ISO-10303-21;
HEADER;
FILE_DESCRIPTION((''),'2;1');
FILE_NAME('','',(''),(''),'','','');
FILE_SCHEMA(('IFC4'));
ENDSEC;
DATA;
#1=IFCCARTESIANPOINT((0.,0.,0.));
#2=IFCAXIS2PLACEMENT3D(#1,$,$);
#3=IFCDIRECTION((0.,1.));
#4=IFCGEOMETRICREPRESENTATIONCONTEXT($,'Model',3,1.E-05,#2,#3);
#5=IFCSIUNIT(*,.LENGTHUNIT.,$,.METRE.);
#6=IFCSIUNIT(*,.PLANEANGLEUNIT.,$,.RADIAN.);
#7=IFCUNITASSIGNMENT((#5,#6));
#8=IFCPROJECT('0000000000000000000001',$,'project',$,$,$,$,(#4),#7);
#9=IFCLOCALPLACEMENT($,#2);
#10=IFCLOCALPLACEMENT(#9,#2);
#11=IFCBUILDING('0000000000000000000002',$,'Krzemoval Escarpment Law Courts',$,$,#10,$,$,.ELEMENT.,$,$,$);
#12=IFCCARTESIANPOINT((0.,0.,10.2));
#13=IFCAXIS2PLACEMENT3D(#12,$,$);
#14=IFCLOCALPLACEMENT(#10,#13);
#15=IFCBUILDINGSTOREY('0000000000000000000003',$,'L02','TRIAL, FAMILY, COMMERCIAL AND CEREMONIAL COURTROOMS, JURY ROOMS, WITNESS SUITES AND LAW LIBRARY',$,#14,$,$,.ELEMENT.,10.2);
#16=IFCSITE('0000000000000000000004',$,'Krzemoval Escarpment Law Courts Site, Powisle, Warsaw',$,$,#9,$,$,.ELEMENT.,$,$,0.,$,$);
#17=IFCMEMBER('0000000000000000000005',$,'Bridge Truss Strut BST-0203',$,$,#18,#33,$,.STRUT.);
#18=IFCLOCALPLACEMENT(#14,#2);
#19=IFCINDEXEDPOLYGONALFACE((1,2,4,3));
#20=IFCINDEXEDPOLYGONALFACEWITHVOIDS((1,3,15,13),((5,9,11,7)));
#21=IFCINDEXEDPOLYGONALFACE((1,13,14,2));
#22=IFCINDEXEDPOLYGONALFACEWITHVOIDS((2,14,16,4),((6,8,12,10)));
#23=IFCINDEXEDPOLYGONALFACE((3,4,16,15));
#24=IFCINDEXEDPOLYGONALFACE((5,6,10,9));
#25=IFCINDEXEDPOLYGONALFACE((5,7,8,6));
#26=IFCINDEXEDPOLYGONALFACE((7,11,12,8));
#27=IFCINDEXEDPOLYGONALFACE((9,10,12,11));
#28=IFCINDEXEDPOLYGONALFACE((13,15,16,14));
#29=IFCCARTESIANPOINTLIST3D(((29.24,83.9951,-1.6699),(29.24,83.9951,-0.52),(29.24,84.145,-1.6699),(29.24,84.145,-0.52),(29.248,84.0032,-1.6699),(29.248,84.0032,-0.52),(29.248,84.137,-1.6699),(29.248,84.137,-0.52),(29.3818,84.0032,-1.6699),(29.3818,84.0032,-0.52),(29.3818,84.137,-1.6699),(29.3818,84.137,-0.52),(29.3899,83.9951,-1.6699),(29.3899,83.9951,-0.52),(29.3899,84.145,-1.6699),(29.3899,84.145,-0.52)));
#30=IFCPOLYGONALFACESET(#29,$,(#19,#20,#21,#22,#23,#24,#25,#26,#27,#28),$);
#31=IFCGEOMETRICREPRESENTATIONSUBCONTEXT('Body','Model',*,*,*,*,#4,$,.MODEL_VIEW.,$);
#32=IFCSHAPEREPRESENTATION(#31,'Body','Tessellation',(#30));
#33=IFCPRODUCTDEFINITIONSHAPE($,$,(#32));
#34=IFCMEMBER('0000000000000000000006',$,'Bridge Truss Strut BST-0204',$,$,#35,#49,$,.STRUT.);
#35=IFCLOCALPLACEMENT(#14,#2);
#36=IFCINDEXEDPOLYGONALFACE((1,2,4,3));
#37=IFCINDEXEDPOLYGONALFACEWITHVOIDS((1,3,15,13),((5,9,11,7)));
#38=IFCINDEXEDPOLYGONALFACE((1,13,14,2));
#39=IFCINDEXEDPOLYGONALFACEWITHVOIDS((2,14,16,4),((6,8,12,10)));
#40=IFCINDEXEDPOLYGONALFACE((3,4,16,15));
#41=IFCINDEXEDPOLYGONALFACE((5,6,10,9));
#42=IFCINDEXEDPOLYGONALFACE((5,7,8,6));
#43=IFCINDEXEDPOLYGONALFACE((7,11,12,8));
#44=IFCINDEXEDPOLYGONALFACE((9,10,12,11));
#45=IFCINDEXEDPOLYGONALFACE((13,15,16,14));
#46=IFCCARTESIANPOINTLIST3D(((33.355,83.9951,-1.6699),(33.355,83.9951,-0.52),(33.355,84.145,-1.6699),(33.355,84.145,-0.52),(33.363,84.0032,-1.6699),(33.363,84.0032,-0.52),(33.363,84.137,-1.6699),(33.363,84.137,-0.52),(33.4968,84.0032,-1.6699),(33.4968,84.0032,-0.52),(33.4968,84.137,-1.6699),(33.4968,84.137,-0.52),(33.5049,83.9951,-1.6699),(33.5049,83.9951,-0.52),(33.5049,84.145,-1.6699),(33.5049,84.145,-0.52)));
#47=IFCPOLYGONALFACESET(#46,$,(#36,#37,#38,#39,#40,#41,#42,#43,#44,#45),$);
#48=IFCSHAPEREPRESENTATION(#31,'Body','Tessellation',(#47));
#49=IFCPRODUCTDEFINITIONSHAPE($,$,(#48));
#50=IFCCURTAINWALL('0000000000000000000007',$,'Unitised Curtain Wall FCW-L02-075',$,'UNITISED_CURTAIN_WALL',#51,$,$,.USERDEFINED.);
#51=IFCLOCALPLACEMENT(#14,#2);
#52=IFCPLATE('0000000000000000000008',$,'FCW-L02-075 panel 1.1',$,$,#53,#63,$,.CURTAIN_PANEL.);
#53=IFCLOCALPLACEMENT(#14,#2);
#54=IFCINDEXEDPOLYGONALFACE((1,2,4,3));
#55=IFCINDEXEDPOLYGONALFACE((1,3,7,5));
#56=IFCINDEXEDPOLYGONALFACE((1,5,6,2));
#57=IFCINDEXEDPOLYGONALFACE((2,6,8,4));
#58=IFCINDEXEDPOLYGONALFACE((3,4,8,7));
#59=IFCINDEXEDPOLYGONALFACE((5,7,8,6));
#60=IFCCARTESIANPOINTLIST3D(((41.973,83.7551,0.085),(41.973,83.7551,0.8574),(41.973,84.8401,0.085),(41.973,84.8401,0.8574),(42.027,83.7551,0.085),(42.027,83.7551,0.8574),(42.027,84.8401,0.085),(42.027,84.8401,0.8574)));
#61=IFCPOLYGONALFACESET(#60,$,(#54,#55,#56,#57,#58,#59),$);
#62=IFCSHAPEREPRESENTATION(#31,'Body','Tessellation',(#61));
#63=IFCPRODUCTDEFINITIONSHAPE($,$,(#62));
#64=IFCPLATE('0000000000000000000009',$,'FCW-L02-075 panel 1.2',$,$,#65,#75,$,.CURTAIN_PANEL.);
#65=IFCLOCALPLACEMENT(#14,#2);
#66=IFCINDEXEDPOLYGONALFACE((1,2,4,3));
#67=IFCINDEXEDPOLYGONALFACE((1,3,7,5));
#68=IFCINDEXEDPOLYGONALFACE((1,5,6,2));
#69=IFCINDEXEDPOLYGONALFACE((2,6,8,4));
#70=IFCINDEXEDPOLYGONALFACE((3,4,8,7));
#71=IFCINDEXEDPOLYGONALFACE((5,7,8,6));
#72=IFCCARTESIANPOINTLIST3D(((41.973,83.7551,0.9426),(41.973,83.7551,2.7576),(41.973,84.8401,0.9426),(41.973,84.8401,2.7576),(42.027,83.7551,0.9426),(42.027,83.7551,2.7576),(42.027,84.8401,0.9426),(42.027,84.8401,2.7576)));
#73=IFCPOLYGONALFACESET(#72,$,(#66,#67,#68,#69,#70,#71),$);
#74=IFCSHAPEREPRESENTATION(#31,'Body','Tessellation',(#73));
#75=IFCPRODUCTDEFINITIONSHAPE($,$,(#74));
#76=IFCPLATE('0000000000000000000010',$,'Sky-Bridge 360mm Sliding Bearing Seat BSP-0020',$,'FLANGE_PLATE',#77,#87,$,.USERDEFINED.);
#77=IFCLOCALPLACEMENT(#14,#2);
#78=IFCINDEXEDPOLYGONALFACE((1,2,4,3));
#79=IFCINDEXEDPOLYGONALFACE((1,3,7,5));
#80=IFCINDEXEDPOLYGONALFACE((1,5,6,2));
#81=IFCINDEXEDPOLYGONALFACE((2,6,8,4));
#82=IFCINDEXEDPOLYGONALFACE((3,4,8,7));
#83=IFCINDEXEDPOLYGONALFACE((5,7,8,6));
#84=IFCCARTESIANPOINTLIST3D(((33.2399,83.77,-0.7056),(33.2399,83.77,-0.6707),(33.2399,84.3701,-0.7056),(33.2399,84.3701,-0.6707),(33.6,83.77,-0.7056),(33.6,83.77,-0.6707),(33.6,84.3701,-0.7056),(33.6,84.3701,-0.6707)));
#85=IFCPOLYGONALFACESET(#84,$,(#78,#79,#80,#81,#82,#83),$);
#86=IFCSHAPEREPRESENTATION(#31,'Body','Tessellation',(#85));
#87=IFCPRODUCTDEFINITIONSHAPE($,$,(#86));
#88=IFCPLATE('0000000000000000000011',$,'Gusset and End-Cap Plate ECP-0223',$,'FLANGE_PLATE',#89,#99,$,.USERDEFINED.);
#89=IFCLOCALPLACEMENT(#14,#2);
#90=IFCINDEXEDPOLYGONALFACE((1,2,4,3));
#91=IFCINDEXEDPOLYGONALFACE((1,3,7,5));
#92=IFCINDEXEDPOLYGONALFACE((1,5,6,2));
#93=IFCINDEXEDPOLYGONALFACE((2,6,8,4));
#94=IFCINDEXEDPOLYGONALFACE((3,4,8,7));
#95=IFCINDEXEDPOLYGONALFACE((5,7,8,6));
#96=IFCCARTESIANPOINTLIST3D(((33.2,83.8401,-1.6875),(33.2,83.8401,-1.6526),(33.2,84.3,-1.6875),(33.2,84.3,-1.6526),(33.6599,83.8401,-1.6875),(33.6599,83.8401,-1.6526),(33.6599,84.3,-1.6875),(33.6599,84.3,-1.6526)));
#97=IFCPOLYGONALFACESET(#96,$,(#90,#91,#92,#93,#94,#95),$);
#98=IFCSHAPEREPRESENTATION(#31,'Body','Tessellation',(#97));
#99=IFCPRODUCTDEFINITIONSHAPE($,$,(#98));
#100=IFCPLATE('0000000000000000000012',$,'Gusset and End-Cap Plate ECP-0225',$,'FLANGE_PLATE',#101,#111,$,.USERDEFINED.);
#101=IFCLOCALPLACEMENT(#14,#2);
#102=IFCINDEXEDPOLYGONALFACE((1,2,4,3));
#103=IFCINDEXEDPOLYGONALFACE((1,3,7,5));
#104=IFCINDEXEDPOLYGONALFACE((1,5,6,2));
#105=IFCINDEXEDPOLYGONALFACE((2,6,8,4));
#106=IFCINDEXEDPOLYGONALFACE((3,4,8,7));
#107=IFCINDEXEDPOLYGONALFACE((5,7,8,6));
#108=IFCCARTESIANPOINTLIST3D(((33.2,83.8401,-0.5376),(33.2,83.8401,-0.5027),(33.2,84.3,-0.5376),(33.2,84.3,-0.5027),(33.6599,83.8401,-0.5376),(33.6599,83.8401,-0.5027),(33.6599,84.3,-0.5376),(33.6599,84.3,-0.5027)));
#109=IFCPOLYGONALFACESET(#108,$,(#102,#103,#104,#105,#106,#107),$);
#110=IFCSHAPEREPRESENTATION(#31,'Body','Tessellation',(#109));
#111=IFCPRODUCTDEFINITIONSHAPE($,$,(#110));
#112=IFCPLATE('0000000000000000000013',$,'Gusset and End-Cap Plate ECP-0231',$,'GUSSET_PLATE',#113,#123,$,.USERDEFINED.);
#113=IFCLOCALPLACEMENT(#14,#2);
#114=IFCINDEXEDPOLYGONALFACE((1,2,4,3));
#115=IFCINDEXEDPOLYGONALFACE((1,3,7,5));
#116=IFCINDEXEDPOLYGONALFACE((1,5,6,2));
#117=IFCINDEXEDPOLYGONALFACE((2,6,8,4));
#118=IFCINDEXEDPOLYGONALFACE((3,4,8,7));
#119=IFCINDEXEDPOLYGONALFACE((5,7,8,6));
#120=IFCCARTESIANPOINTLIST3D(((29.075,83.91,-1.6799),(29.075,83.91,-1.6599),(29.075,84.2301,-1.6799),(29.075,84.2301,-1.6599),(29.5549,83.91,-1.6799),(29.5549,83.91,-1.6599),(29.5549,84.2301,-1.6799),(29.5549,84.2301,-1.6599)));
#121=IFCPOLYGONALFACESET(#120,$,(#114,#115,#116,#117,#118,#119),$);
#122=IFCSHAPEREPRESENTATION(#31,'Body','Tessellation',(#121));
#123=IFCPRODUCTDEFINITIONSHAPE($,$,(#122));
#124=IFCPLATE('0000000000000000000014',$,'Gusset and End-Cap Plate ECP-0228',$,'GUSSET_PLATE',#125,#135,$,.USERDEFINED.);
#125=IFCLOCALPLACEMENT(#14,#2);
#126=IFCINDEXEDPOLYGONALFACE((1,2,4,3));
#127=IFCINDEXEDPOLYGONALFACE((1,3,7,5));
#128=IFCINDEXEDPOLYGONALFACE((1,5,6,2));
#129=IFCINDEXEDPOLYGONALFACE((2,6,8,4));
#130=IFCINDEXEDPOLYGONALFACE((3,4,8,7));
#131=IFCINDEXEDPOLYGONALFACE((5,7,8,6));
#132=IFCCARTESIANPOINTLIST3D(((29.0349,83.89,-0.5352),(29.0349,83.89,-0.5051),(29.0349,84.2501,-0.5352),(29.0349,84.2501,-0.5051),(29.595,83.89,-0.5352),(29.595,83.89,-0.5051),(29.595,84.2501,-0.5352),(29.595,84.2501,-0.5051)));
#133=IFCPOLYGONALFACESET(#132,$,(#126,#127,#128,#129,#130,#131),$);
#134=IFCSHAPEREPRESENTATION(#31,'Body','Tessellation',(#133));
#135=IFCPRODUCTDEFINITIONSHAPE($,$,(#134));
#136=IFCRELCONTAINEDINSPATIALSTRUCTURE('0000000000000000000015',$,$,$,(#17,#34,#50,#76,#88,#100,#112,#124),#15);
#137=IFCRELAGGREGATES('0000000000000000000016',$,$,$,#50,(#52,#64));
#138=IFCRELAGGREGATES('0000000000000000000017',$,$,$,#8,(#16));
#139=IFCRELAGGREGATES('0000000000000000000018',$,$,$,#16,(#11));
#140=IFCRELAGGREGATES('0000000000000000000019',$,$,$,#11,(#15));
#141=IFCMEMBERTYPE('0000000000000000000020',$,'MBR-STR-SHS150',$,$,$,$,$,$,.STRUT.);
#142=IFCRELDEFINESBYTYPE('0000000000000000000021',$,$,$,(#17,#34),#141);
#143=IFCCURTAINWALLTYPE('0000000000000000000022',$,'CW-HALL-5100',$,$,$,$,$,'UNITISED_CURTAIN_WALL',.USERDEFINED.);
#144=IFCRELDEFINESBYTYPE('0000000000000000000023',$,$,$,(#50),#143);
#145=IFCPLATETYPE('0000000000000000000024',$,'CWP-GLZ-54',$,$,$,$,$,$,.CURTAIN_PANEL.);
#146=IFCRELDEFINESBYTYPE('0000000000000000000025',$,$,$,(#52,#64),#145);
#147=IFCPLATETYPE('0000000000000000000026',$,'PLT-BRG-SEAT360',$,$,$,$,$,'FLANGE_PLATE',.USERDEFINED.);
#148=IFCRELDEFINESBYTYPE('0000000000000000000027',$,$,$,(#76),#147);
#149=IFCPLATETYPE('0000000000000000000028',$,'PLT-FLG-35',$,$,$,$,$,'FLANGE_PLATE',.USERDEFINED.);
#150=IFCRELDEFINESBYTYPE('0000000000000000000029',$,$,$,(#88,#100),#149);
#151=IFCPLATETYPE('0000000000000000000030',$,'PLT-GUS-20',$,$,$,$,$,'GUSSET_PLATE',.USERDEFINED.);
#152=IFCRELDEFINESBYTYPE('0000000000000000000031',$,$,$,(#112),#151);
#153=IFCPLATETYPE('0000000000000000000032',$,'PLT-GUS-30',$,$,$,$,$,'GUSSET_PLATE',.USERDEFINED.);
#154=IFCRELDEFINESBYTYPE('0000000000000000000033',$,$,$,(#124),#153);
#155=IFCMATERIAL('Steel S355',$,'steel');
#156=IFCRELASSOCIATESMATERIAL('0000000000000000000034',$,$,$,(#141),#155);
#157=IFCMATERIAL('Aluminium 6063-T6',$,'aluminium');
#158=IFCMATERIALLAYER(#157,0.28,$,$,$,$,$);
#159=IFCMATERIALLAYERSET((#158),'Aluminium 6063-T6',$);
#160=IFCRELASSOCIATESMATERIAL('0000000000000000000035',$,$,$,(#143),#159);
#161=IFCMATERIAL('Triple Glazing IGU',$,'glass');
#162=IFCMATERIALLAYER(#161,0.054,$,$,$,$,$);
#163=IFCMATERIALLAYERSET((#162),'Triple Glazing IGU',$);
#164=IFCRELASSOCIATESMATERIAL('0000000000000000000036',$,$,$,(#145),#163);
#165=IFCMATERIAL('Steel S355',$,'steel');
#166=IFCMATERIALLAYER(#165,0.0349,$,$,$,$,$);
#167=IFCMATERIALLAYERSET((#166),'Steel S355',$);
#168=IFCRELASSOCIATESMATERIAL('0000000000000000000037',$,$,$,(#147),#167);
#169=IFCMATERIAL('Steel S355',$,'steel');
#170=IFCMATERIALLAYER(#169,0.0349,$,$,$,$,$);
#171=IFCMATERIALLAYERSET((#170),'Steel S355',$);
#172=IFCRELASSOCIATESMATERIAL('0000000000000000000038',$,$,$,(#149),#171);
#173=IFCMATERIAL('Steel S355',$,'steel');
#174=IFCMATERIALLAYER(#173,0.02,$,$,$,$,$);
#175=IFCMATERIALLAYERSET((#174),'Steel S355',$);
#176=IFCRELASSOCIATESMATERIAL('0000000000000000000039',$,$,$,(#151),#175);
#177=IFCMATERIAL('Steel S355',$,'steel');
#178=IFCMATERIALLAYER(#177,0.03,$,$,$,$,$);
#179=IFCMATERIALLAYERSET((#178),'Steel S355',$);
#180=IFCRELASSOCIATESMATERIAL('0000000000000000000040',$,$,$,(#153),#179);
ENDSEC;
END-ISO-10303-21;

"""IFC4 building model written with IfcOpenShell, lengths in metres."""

from ifc_helpers import new_model, si_unit, direction, frame, origin, origin_2d, place, context, subcontext, project, spatial, rectangle, hollow_rectangle, extrude, material, layer, layer_set, material_profile, profile_set, type_object, element, aggregate, save


model = new_model("IFC4")

# Units and contexts
model_context = context("Model", 3, precision=1e-05, world=origin(), true_north=direction((0.0, 1.0)))
body_context = subcontext(model_context, "Body", "Model", "MODEL_VIEW")
ifc_project = project(units=[si_unit("LENGTHUNIT", "METRE"), si_unit("PLANEANGLEUNIT", "RADIAN")], contexts=[model_context])

# Site, building, storey
site_placement = place(None, origin())
site = spatial("IfcSite", under=ifc_project, at=site_placement, Name="Krzemoval Escarpment Law Courts Site, Powisle, Warsaw", CompositionType="ELEMENT", RefElevation=0.0)
building_placement = place(site_placement, origin())
building = spatial("IfcBuilding", under=site, at=building_placement, Name="Krzemoval Escarpment Law Courts", CompositionType="ELEMENT")
storey_placement = place(building_placement, frame((0.0, 0.0, 10.2)))
storey = spatial("IfcBuildingStorey", under=building, at=storey_placement, Name="L02", Description="TRIAL, FAMILY, COMMERCIAL AND CEREMONIAL COURTROOMS, JURY ROOMS, WITNESS SUITES AND LAW LIBRARY", CompositionType="ELEMENT", Elevation=10.2)

# Members
ifc_material_1 = material(Name="Steel S355", Category="steel")
ifc_material_profile_1 = material_profile(ifc_material_1, hollow_rectangle(XDim=0.1499, YDim=0.1499, WallThickness=0.0081, at=origin_2d()), Name="SHS 150x150x8")
ifc_profile_set_1 = profile_set([ifc_material_profile_1], Name="Steel S355")
member_type_1 = type_object("IfcMemberType", Name="MBR-STR-SHS150", PredefinedType="STRUT", material=ifc_profile_set_1)
for number, where, z_axis, x_axis, name in (
    (1, (29.3149, 84.0701, -1.6699), (0.0, 0.0, 1.0), (1.0, 0.0, 0.0), "Bridge Truss Strut BST-0203"),
    (2, (33.4299, 84.0701, -1.6699), (0.0, 0.0, 1.0), (1.0, 0.0, 0.0), "Bridge Truss Strut BST-0204"),
):
    element("IfcMember", number, at=place(storey_placement, frame(where, z_axis=z_axis, x_axis=x_axis)), inside=storey, type_object=member_type_1, Name=name, PredefinedType="STRUT", context=body_context, shape_type="SweptSolid", body=[
        extrude(hollow_rectangle(XDim=0.1499, YDim=0.1499, WallThickness=0.0081, at=origin_2d()), origin(), (0.0, 0.0, 1.0), 1.1499),
    ])

# Curtain wall, plates
ifc_material_2 = material(Name="Aluminium 6063-T6", Category="aluminium")
ifc_layer_1 = layer(ifc_material_2, 0.28)
ifc_layer_set_1 = layer_set([ifc_layer_1], Name="Aluminium 6063-T6")
curtain_wall_type = type_object("IfcCurtainWallType", Name="CW-HALL-5100", ElementType="UNITISED_CURTAIN_WALL", PredefinedType="USERDEFINED", material=ifc_layer_set_1)
curtain_wall_placement = place(storey_placement, origin())
curtain_wall = element("IfcCurtainWall", 3, at=curtain_wall_placement, inside=storey, type_object=curtain_wall_type, Name="Unitised Curtain Wall FCW-L02-075", ObjectType="UNITISED_CURTAIN_WALL", PredefinedType="USERDEFINED")
ifc_material_3 = material(Name="Triple Glazing IGU", Category="glass")
ifc_layer_2 = layer(ifc_material_3, 0.054)
ifc_layer_set_2 = layer_set([ifc_layer_2], Name="Triple Glazing IGU")
plate_type_1 = type_object("IfcPlateType", Name="CWP-GLZ-54", PredefinedType="CURTAIN_PANEL", material=ifc_layer_set_2)
plate_1_placement = place(storey_placement, frame((42.0, 84.2976, 0.085), z_axis=(0.0, 0.0, 1.0), x_axis=(0.0, -1.0, 0.0)))
plate_1 = element("IfcPlate", 4, at=plate_1_placement, type_object=plate_type_1, Name="FCW-L02-075 panel 1.1", PredefinedType="CURTAIN_PANEL", context=body_context, shape_type="SweptSolid", body=[
    extrude(rectangle(XDim=1.085, YDim=0.054, at=origin_2d()), origin(), (0.0, 0.0, 1.0), 0.7725),
])
plate_2_placement = place(storey_placement, frame((42.0, 84.2976, 0.9426), z_axis=(0.0, 0.0, 1.0), x_axis=(0.0, -1.0, 0.0)))
plate_2 = element("IfcPlate", 5, at=plate_2_placement, type_object=plate_type_1, Name="FCW-L02-075 panel 1.2", PredefinedType="CURTAIN_PANEL", context=body_context, shape_type="SweptSolid", body=[
    extrude(rectangle(XDim=1.085, YDim=0.054, at=origin_2d()), origin(), (0.0, 0.0, 1.0), 1.8149),
])
aggregate(curtain_wall, [plate_1, plate_2])

# Plates
ifc_material_4 = material(Name="Steel S355", Category="steel")
ifc_layer_3 = layer(ifc_material_4, 0.0349)
ifc_layer_set_3 = layer_set([ifc_layer_3], Name="Steel S355")
plate_type_2 = type_object("IfcPlateType", Name="PLT-BRG-SEAT360", ElementType="FLANGE_PLATE", PredefinedType="USERDEFINED", material=ifc_layer_set_3)
plate_3_placement = place(storey_placement, frame((33.4199, 84.0701, -0.7056), z_axis=(0.0, 0.0, 1.0), x_axis=(1.0, 0.0, 0.0)))
element("IfcPlate", 6, at=plate_3_placement, inside=storey, type_object=plate_type_2, Name="Sky-Bridge 360mm Sliding Bearing Seat BSP-0020", ObjectType="FLANGE_PLATE", PredefinedType="USERDEFINED", context=body_context, shape_type="SweptSolid", body=[
    extrude(rectangle(XDim=0.3601, YDim=0.6001, at=origin_2d()), origin(), (0.0, 0.0, 1.0), 0.0349),
])
ifc_material_5 = material(Name="Steel S355", Category="steel")
ifc_layer_4 = layer(ifc_material_5, 0.0349)
ifc_layer_set_4 = layer_set([ifc_layer_4], Name="Steel S355")
plate_type_3 = type_object("IfcPlateType", Name="PLT-FLG-35", ElementType="FLANGE_PLATE", PredefinedType="USERDEFINED", material=ifc_layer_set_4)
for number, where, z_axis, x_axis, name in (
    (7, (33.4299, 84.0701, -1.6875), (0.0, 0.0, 1.0), (1.0, 0.0, 0.0), "Gusset and End-Cap Plate ECP-0223"),
    (8, (33.4299, 84.0701, -0.5376), (0.0, 0.0, 1.0), (1.0, 0.0, 0.0), "Gusset and End-Cap Plate ECP-0225"),
):
    element("IfcPlate", number, at=place(storey_placement, frame(where, z_axis=z_axis, x_axis=x_axis)), inside=storey, type_object=plate_type_3, Name=name, ObjectType="FLANGE_PLATE", PredefinedType="USERDEFINED", context=body_context, shape_type="SweptSolid", body=[
        extrude(rectangle(XDim=0.46, YDim=0.46, at=origin_2d()), origin(), (0.0, 0.0, 1.0), 0.0349),
    ])
ifc_material_6 = material(Name="Steel S355", Category="steel")
ifc_layer_5 = layer(ifc_material_6, 0.02)
ifc_layer_set_5 = layer_set([ifc_layer_5], Name="Steel S355")
plate_type_4 = type_object("IfcPlateType", Name="PLT-GUS-20", ElementType="GUSSET_PLATE", PredefinedType="USERDEFINED", material=ifc_layer_set_5)
plate_4_placement = place(storey_placement, frame((29.3149, 84.0701, -1.6799), z_axis=(0.0, 0.0, 1.0), x_axis=(1.0, 0.0, 0.0)))
element("IfcPlate", 9, at=plate_4_placement, inside=storey, type_object=plate_type_4, Name="Gusset and End-Cap Plate ECP-0231", ObjectType="GUSSET_PLATE", PredefinedType="USERDEFINED", context=body_context, shape_type="SweptSolid", body=[
    extrude(rectangle(XDim=0.48, YDim=0.3201, at=origin_2d()), origin(), (0.0, 0.0, 1.0), 0.02),
])
ifc_material_7 = material(Name="Steel S355", Category="steel")
ifc_layer_6 = layer(ifc_material_7, 0.03)
ifc_layer_set_6 = layer_set([ifc_layer_6], Name="Steel S355")
plate_type_5 = type_object("IfcPlateType", Name="PLT-GUS-30", ElementType="GUSSET_PLATE", PredefinedType="USERDEFINED", material=ifc_layer_set_6)
plate_5_placement = place(storey_placement, frame((29.3149, 84.0701, -0.5352), z_axis=(0.0, 0.0, 1.0), x_axis=(1.0, 0.0, 0.0)))
element("IfcPlate", 10, at=plate_5_placement, inside=storey, type_object=plate_type_5, Name="Gusset and End-Cap Plate ECP-0228", ObjectType="GUSSET_PLATE", PredefinedType="USERDEFINED", context=body_context, shape_type="SweptSolid", body=[
    extrude(rectangle(XDim=0.5601, YDim=0.3601, at=origin_2d()), origin(), (0.0, 0.0, 1.0), 0.03),
])

save(model, "model.ifc")
